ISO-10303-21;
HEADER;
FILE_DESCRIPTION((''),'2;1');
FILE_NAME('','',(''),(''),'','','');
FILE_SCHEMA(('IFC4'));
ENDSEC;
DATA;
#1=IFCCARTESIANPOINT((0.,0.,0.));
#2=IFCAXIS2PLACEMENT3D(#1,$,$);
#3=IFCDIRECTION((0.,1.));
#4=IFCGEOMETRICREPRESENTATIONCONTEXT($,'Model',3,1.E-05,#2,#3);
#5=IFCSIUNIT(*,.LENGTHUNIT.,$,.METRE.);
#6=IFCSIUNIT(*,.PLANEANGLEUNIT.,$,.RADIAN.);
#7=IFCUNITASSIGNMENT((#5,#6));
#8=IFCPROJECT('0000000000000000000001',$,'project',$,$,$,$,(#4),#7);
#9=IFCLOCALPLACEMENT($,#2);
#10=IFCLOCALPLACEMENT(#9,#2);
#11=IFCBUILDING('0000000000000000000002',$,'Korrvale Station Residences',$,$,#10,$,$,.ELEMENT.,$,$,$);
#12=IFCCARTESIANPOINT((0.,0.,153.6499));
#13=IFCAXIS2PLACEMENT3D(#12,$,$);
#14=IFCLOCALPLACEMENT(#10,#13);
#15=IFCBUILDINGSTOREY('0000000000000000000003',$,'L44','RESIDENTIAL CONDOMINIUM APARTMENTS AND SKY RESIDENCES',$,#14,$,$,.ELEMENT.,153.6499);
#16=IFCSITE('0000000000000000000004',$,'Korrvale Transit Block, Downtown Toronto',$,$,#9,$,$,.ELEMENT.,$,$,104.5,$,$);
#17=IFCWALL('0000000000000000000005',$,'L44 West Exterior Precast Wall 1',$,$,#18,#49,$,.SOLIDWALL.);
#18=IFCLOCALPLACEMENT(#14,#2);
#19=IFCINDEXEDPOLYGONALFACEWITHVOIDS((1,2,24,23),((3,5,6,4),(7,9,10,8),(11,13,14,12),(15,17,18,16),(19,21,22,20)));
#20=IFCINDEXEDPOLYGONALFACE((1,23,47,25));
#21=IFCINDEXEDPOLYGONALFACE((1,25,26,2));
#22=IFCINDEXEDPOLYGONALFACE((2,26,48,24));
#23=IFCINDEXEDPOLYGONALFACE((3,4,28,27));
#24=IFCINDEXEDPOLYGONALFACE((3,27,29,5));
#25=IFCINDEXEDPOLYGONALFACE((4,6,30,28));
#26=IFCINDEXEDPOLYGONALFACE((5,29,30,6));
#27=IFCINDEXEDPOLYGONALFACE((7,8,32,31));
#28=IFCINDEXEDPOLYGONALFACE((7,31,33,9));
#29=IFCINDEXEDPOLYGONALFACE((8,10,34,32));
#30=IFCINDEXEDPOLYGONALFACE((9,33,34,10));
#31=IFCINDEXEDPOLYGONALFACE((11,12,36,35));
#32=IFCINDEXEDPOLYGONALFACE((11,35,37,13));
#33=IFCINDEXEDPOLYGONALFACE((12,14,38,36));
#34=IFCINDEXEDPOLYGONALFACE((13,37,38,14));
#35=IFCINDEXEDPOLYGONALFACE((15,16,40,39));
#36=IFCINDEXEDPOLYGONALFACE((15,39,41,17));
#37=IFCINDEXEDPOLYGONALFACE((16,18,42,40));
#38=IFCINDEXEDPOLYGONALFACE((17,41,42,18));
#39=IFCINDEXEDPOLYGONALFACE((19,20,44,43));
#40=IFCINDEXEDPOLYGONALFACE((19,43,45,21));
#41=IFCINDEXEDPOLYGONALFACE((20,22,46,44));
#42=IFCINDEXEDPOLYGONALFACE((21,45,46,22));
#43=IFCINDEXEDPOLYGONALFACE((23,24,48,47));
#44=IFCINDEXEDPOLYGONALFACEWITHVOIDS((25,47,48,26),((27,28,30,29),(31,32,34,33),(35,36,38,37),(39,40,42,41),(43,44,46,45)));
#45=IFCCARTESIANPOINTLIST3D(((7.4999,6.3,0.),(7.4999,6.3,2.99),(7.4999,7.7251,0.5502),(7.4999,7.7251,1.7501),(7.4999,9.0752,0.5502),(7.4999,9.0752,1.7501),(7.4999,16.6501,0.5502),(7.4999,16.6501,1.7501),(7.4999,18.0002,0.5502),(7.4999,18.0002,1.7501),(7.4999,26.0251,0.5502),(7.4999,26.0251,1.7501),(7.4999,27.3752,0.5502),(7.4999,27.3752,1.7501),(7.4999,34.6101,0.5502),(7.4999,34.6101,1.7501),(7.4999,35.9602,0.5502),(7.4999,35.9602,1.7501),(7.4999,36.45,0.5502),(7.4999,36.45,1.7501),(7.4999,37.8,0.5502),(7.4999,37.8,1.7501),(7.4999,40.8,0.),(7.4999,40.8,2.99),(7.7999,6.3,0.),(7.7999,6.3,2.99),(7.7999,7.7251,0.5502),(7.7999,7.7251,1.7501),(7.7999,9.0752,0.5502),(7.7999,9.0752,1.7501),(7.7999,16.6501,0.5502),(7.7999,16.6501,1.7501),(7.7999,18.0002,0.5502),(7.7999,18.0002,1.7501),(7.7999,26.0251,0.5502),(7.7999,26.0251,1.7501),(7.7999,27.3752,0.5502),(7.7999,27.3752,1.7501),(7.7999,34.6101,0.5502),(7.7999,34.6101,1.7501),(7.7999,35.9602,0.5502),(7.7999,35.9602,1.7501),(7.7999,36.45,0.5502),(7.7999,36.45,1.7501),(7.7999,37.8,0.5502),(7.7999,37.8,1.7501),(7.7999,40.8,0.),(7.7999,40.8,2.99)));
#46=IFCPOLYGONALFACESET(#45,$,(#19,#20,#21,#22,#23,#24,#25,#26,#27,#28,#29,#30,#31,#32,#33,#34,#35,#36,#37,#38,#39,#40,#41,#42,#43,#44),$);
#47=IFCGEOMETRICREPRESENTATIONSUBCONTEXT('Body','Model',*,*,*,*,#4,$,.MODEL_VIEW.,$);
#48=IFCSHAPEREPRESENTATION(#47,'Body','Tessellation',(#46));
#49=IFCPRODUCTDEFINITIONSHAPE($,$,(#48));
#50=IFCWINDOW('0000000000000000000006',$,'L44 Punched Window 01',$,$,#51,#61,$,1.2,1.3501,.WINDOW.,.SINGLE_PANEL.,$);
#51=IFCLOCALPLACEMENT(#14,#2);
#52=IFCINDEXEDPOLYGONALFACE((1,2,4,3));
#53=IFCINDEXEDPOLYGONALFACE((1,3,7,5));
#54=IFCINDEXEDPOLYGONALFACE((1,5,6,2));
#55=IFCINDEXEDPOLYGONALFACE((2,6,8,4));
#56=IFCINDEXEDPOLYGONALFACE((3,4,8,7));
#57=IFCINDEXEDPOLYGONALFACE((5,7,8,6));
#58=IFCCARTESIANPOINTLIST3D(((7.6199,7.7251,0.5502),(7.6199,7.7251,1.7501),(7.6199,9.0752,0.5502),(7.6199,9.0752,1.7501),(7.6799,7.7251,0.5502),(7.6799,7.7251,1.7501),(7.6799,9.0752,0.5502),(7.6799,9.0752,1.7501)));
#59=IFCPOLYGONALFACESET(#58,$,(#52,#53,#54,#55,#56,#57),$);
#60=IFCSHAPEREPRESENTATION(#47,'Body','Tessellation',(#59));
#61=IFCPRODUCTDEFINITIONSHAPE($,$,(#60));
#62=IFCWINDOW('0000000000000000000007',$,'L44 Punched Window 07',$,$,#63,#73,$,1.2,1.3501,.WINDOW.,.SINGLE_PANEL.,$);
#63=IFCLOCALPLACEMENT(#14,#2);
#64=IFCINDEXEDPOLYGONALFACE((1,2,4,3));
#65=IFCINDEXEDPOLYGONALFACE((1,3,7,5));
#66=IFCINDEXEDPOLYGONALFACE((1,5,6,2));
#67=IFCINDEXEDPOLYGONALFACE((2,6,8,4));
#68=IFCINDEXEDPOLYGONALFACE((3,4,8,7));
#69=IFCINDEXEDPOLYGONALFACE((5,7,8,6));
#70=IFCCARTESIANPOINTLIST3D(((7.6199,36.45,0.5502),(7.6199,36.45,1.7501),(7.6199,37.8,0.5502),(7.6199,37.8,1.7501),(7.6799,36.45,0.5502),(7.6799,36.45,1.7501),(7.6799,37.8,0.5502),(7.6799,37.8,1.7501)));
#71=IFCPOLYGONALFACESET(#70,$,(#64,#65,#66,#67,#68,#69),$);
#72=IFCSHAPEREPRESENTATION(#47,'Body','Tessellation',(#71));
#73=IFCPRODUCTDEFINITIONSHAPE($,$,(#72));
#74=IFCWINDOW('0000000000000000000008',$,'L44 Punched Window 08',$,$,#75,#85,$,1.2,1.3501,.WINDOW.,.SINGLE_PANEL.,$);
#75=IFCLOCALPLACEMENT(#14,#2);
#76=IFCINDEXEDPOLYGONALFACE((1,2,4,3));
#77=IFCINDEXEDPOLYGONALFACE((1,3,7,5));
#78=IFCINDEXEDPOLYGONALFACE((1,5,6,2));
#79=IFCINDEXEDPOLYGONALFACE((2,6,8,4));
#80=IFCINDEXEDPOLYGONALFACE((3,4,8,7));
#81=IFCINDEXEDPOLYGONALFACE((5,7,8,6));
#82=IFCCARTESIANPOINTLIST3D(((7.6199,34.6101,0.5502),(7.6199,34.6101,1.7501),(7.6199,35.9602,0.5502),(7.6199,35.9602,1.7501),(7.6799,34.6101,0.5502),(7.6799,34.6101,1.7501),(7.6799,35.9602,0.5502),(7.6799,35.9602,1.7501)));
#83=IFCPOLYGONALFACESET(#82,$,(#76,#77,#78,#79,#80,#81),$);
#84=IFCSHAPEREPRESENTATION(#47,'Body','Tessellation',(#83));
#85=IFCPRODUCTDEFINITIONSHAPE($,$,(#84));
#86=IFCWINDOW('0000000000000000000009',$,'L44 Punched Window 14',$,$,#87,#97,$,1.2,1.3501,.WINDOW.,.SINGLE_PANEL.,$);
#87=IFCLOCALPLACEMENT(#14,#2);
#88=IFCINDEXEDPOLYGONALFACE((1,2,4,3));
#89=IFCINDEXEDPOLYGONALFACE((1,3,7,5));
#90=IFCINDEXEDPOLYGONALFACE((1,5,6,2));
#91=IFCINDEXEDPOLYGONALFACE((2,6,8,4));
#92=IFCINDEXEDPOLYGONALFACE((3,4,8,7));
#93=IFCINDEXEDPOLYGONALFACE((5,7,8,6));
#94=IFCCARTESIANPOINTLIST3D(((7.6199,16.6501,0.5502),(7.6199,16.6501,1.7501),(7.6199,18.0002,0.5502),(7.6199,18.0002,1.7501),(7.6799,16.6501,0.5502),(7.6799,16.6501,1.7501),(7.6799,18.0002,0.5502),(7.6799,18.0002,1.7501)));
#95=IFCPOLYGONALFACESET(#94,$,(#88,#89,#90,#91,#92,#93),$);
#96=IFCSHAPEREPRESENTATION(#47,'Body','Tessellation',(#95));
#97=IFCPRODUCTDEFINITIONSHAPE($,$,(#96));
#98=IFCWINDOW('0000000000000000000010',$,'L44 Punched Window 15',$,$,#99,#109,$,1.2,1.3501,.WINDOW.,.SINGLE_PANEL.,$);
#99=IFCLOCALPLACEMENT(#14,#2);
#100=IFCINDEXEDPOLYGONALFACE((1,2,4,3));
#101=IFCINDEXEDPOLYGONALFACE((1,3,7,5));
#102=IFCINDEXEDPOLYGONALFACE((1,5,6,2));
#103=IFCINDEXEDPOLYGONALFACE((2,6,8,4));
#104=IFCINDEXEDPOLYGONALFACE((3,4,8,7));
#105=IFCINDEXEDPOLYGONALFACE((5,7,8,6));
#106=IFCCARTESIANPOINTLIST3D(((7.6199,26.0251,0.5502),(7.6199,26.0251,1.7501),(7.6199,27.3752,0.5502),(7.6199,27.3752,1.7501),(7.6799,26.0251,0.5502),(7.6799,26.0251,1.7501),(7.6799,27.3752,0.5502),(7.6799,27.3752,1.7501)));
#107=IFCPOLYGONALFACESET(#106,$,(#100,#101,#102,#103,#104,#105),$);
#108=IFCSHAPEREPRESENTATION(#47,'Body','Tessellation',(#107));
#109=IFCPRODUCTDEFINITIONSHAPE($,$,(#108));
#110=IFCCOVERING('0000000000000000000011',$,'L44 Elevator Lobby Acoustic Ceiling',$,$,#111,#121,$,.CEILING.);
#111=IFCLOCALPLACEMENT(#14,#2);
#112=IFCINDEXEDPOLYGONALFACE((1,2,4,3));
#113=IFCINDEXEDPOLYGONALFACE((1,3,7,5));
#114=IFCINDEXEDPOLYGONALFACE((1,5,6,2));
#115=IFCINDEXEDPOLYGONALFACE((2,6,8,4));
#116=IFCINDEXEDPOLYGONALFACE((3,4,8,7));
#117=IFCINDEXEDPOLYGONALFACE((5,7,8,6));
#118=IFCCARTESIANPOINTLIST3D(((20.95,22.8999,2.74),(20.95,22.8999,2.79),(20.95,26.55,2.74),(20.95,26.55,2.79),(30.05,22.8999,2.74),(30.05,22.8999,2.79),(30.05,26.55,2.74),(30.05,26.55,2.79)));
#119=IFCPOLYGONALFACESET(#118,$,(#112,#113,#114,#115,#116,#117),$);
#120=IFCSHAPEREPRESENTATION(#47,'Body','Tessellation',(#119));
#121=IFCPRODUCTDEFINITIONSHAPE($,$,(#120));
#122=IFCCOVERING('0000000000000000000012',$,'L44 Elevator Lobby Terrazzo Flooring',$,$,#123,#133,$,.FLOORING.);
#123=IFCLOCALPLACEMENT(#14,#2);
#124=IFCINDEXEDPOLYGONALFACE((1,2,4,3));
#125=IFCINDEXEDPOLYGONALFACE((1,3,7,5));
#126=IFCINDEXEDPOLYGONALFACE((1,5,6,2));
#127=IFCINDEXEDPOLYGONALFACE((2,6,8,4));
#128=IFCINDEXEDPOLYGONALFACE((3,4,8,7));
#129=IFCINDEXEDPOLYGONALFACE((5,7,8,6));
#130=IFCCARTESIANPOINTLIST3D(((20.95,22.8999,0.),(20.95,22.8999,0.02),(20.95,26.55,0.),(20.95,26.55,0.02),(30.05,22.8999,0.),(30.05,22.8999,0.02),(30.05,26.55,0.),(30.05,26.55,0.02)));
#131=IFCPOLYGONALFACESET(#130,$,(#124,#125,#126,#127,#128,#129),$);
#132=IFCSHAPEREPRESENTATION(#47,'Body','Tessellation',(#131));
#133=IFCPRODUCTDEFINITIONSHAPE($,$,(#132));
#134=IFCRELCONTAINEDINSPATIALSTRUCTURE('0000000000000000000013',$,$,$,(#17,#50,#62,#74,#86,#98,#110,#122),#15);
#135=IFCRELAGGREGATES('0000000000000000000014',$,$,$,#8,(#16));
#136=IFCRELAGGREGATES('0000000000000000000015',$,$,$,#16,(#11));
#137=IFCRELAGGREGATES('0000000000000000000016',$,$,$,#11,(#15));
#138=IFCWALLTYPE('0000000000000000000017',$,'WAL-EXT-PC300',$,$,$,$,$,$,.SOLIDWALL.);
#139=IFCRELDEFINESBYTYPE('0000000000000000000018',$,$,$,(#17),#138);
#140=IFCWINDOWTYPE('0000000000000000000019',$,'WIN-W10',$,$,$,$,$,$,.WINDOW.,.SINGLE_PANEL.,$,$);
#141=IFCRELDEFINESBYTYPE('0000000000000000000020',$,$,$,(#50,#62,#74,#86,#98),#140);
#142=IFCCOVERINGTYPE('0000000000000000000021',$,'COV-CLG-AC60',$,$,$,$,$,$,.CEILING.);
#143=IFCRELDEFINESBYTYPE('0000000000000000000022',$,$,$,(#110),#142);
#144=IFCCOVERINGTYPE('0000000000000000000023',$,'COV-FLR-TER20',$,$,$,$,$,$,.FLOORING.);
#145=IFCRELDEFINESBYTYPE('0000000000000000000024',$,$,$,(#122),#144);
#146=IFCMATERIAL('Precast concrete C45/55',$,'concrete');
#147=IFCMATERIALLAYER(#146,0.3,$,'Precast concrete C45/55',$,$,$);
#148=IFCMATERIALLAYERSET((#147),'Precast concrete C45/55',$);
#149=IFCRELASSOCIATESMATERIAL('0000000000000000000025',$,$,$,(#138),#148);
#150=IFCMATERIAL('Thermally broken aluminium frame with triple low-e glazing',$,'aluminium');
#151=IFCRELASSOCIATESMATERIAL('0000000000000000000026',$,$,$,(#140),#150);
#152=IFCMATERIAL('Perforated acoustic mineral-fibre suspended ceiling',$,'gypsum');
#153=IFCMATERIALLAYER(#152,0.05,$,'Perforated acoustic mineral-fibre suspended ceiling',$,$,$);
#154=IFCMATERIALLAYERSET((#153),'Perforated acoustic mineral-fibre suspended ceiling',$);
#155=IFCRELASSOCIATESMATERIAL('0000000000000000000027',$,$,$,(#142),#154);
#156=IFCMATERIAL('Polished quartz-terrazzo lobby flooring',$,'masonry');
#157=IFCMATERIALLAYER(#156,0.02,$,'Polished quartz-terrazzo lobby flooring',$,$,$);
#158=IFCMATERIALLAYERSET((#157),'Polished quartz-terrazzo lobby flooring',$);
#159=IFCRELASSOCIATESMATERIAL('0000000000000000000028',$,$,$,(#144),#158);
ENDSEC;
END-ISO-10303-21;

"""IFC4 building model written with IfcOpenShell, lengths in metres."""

from ifc_helpers import new_model, si_unit, direction, frame, frame_2d, origin, place, context, subcontext, project, spatial, polyline, rectangle, outline, extrude, material, layer, layer_set, type_object, element, fill, save


model = new_model("IFC4")

# Units and contexts
model_context = context("Model", 3, precision=1e-05, world=origin(), true_north=direction((0.0, 1.0)))
body_context = subcontext(model_context, "Body", "Model", "MODEL_VIEW")
ifc_project = project(units=[si_unit("LENGTHUNIT", "METRE"), si_unit("PLANEANGLEUNIT", "RADIAN")], contexts=[model_context])

# Site, building, storey
site_placement = place(None, origin())
site = spatial("IfcSite", under=ifc_project, at=site_placement, Name="Korrvale Transit Block, Downtown Toronto", CompositionType="ELEMENT", RefElevation=104.5)
building_placement = place(site_placement, origin())
building = spatial("IfcBuilding", under=site, at=building_placement, Name="Korrvale Station Residences", CompositionType="ELEMENT")
storey_placement = place(building_placement, frame((0.0, 0.0, 153.6499)))
storey = spatial("IfcBuildingStorey", under=building, at=storey_placement, Name="L44", Description="RESIDENTIAL CONDOMINIUM APARTMENTS AND SKY RESIDENCES", CompositionType="ELEMENT", Elevation=153.6499)

# Shared definitions
ifc_material_1 = material(Name="Precast concrete C45/55", Category="concrete")
ifc_layer_1 = layer(ifc_material_1, 0.3, Name="Precast concrete C45/55")
ifc_layer_set_1 = layer_set([ifc_layer_1], Name="Precast concrete C45/55")
wall_type_1 = type_object("IfcWallType", Name="WAL-EXT-PC300", PredefinedType="SOLIDWALL", material=ifc_layer_set_1)

# Wall, openings, windows
wall_1_placement = place(storey_placement, frame((7.6499, 6.3, 0.0), z_axis=(0.0, 0.0, 1.0), x_axis=(0.0, 1.0, 0.0)))
wall_1 = element("IfcWall", 1, at=wall_1_placement, inside=storey, type_object=wall_type_1, Name="L44 West Exterior Precast Wall 1", PredefinedType="SOLIDWALL", context=body_context, shape_type="SweptSolid", body=[
    extrude(rectangle(XDim=34.5, YDim=0.3, at=frame_2d((17.25, 0.0))), origin(), (0.0, 0.0, 1.0), 2.99),
])
opening_1_placement = place(wall_1_placement, frame((1.425, 0.0, 0.55)))
opening_1 = element("IfcOpeningElement", 2, at=opening_1_placement, cuts=wall_1, PredefinedType="OPENING", context=body_context, shape_type="SweptSolid", body=[
    extrude(rectangle(XDim=1.3501, YDim=1.2, at=frame_2d((0.675, 0.6001))), frame((0.0, 0.1602, 0.0), z_axis=(0.0, -1.0, 0.0), x_axis=(1.0, 0.0, 0.0)), (0.0, 0.0, 1.0), 0.3201),
])
opening_2_placement = place(wall_1_placement, frame((30.1499, 0.0, 0.55)))
opening_2 = element("IfcOpeningElement", 3, at=opening_2_placement, cuts=wall_1, PredefinedType="OPENING", context=body_context, shape_type="SweptSolid", body=[
    extrude(rectangle(XDim=1.3501, YDim=1.2, at=frame_2d((0.675, 0.6001))), frame((0.0, 0.1602, 0.0), z_axis=(0.0, -1.0, 0.0), x_axis=(1.0, 0.0, 0.0)), (0.0, 0.0, 1.0), 0.3201),
])
opening_3_placement = place(wall_1_placement, frame((28.3101, 0.0, 0.55)))
opening_3 = element("IfcOpeningElement", 4, at=opening_3_placement, cuts=wall_1, PredefinedType="OPENING", context=body_context, shape_type="SweptSolid", body=[
    extrude(rectangle(XDim=1.3501, YDim=1.2, at=frame_2d((0.675, 0.6001))), frame((0.0, 0.1602, 0.0), z_axis=(0.0, -1.0, 0.0), x_axis=(1.0, 0.0, 0.0)), (0.0, 0.0, 1.0), 0.3201),
])
opening_4_placement = place(wall_1_placement, frame((10.3501, 0.0, 0.55)))
opening_4 = element("IfcOpeningElement", 5, at=opening_4_placement, cuts=wall_1, PredefinedType="OPENING", context=body_context, shape_type="SweptSolid", body=[
    extrude(rectangle(XDim=1.3501, YDim=1.2, at=frame_2d((0.675, 0.6001))), frame((0.0, 0.1602, 0.0), z_axis=(0.0, -1.0, 0.0), x_axis=(1.0, 0.0, 0.0)), (0.0, 0.0, 1.0), 0.3201),
])
opening_5_placement = place(wall_1_placement, frame((19.7251, 0.0, 0.55)))
opening_5 = element("IfcOpeningElement", 6, at=opening_5_placement, cuts=wall_1, PredefinedType="OPENING", context=body_context, shape_type="SweptSolid", body=[
    extrude(rectangle(XDim=1.3501, YDim=1.2, at=frame_2d((0.675, 0.6001))), frame((0.0, 0.1602, 0.0), z_axis=(0.0, -1.0, 0.0), x_axis=(1.0, 0.0, 0.0)), (0.0, 0.0, 1.0), 0.3201),
])
ifc_material_2 = material(Name="Thermally broken aluminium frame with triple low-e glazing", Category="aluminium")
window_type = type_object("IfcWindowType", Name="WIN-W10", PartitioningType="SINGLE_PANEL", PredefinedType="WINDOW", material=ifc_material_2)
window_1_placement = place(opening_1_placement, origin())
window_1 = element("IfcWindow", 7, at=window_1_placement, inside=storey, type_object=window_type, Name="L44 Punched Window 01", OverallHeight=1.2, OverallWidth=1.3501, PartitioningType="SINGLE_PANEL", PredefinedType="WINDOW", context=body_context, shape_type="SweptSolid", body=[
    extrude(rectangle(XDim=1.3501, YDim=1.2, at=frame_2d((0.675, 0.6001))), frame((0.0, 0.03, 0.0), z_axis=(0.0, -1.0, 0.0), x_axis=(1.0, 0.0, 0.0)), (0.0, 0.0, 1.0), 0.0601),
])
fill(opening_1, window_1)
window_2_placement = place(opening_2_placement, origin())
window_2 = element("IfcWindow", 8, at=window_2_placement, inside=storey, type_object=window_type, Name="L44 Punched Window 07", OverallHeight=1.2, OverallWidth=1.3501, PartitioningType="SINGLE_PANEL", PredefinedType="WINDOW", context=body_context, shape_type="SweptSolid", body=[
    extrude(rectangle(XDim=1.3501, YDim=1.2, at=frame_2d((0.675, 0.6001))), frame((0.0, 0.03, 0.0), z_axis=(0.0, -1.0, 0.0), x_axis=(1.0, 0.0, 0.0)), (0.0, 0.0, 1.0), 0.0601),
])
fill(opening_2, window_2)
window_3_placement = place(opening_3_placement, origin())
window_3 = element("IfcWindow", 9, at=window_3_placement, inside=storey, type_object=window_type, Name="L44 Punched Window 08", OverallHeight=1.2, OverallWidth=1.3501, PartitioningType="SINGLE_PANEL", PredefinedType="WINDOW", context=body_context, shape_type="SweptSolid", body=[
    extrude(rectangle(XDim=1.3501, YDim=1.2, at=frame_2d((0.675, 0.6001))), frame((0.0, 0.03, 0.0), z_axis=(0.0, -1.0, 0.0), x_axis=(1.0, 0.0, 0.0)), (0.0, 0.0, 1.0), 0.0601),
])
fill(opening_3, window_3)
window_4_placement = place(opening_4_placement, origin())
window_4 = element("IfcWindow", 10, at=window_4_placement, inside=storey, type_object=window_type, Name="L44 Punched Window 14", OverallHeight=1.2, OverallWidth=1.3501, PartitioningType="SINGLE_PANEL", PredefinedType="WINDOW", context=body_context, shape_type="SweptSolid", body=[
    extrude(rectangle(XDim=1.3501, YDim=1.2, at=frame_2d((0.675, 0.6001))), frame((0.0, 0.03, 0.0), z_axis=(0.0, -1.0, 0.0), x_axis=(1.0, 0.0, 0.0)), (0.0, 0.0, 1.0), 0.0601),
])
fill(opening_4, window_4)
window_5_placement = place(opening_5_placement, origin())
window_5 = element("IfcWindow", 11, at=window_5_placement, inside=storey, type_object=window_type, Name="L44 Punched Window 15", OverallHeight=1.2, OverallWidth=1.3501, PartitioningType="SINGLE_PANEL", PredefinedType="WINDOW", context=body_context, shape_type="SweptSolid", body=[
    extrude(rectangle(XDim=1.3501, YDim=1.2, at=frame_2d((0.675, 0.6001))), frame((0.0, 0.03, 0.0), z_axis=(0.0, -1.0, 0.0), x_axis=(1.0, 0.0, 0.0)), (0.0, 0.0, 1.0), 0.0601),
])
fill(opening_5, window_5)

# Coverings
ifc_material_3 = material(Name="Perforated acoustic mineral-fibre suspended ceiling", Category="gypsum")
ifc_layer_2 = layer(ifc_material_3, 0.05, Name="Perforated acoustic mineral-fibre suspended ceiling")
ifc_layer_set_2 = layer_set([ifc_layer_2], Name="Perforated acoustic mineral-fibre suspended ceiling")
covering_type_1 = type_object("IfcCoveringType", Name="COV-CLG-AC60", PredefinedType="CEILING", material=ifc_layer_set_2)
covering_1_placement = place(storey_placement, frame((0.0, 0.0, 2.74)))
element("IfcCovering", 12, at=covering_1_placement, inside=storey, type_object=covering_type_1, Name="L44 Elevator Lobby Acoustic Ceiling", PredefinedType="CEILING", context=body_context, shape_type="SweptSolid", body=[
    extrude(outline(polyline([(20.95, 22.8999), (30.05, 22.8999), (30.05, 26.55), (20.95, 26.55), (20.95, 22.8999)])), origin(), (0.0, 0.0, 1.0), 0.05),
])
ifc_material_4 = material(Name="Polished quartz-terrazzo lobby flooring", Category="masonry")
ifc_layer_3 = layer(ifc_material_4, 0.02, Name="Polished quartz-terrazzo lobby flooring")
ifc_layer_set_3 = layer_set([ifc_layer_3], Name="Polished quartz-terrazzo lobby flooring")
covering_type_2 = type_object("IfcCoveringType", Name="COV-FLR-TER20", PredefinedType="FLOORING", material=ifc_layer_set_3)
covering_2_placement = place(storey_placement, origin())
element("IfcCovering", 13, at=covering_2_placement, inside=storey, type_object=covering_type_2, Name="L44 Elevator Lobby Terrazzo Flooring", PredefinedType="FLOORING", context=body_context, shape_type="SweptSolid", body=[
    extrude(outline(polyline([(20.95, 22.8999), (30.05, 22.8999), (30.05, 26.55), (20.95, 26.55), (20.95, 22.8999)])), origin(), (0.0, 0.0, 1.0), 0.02),
])

save(model, "model.ifc")
